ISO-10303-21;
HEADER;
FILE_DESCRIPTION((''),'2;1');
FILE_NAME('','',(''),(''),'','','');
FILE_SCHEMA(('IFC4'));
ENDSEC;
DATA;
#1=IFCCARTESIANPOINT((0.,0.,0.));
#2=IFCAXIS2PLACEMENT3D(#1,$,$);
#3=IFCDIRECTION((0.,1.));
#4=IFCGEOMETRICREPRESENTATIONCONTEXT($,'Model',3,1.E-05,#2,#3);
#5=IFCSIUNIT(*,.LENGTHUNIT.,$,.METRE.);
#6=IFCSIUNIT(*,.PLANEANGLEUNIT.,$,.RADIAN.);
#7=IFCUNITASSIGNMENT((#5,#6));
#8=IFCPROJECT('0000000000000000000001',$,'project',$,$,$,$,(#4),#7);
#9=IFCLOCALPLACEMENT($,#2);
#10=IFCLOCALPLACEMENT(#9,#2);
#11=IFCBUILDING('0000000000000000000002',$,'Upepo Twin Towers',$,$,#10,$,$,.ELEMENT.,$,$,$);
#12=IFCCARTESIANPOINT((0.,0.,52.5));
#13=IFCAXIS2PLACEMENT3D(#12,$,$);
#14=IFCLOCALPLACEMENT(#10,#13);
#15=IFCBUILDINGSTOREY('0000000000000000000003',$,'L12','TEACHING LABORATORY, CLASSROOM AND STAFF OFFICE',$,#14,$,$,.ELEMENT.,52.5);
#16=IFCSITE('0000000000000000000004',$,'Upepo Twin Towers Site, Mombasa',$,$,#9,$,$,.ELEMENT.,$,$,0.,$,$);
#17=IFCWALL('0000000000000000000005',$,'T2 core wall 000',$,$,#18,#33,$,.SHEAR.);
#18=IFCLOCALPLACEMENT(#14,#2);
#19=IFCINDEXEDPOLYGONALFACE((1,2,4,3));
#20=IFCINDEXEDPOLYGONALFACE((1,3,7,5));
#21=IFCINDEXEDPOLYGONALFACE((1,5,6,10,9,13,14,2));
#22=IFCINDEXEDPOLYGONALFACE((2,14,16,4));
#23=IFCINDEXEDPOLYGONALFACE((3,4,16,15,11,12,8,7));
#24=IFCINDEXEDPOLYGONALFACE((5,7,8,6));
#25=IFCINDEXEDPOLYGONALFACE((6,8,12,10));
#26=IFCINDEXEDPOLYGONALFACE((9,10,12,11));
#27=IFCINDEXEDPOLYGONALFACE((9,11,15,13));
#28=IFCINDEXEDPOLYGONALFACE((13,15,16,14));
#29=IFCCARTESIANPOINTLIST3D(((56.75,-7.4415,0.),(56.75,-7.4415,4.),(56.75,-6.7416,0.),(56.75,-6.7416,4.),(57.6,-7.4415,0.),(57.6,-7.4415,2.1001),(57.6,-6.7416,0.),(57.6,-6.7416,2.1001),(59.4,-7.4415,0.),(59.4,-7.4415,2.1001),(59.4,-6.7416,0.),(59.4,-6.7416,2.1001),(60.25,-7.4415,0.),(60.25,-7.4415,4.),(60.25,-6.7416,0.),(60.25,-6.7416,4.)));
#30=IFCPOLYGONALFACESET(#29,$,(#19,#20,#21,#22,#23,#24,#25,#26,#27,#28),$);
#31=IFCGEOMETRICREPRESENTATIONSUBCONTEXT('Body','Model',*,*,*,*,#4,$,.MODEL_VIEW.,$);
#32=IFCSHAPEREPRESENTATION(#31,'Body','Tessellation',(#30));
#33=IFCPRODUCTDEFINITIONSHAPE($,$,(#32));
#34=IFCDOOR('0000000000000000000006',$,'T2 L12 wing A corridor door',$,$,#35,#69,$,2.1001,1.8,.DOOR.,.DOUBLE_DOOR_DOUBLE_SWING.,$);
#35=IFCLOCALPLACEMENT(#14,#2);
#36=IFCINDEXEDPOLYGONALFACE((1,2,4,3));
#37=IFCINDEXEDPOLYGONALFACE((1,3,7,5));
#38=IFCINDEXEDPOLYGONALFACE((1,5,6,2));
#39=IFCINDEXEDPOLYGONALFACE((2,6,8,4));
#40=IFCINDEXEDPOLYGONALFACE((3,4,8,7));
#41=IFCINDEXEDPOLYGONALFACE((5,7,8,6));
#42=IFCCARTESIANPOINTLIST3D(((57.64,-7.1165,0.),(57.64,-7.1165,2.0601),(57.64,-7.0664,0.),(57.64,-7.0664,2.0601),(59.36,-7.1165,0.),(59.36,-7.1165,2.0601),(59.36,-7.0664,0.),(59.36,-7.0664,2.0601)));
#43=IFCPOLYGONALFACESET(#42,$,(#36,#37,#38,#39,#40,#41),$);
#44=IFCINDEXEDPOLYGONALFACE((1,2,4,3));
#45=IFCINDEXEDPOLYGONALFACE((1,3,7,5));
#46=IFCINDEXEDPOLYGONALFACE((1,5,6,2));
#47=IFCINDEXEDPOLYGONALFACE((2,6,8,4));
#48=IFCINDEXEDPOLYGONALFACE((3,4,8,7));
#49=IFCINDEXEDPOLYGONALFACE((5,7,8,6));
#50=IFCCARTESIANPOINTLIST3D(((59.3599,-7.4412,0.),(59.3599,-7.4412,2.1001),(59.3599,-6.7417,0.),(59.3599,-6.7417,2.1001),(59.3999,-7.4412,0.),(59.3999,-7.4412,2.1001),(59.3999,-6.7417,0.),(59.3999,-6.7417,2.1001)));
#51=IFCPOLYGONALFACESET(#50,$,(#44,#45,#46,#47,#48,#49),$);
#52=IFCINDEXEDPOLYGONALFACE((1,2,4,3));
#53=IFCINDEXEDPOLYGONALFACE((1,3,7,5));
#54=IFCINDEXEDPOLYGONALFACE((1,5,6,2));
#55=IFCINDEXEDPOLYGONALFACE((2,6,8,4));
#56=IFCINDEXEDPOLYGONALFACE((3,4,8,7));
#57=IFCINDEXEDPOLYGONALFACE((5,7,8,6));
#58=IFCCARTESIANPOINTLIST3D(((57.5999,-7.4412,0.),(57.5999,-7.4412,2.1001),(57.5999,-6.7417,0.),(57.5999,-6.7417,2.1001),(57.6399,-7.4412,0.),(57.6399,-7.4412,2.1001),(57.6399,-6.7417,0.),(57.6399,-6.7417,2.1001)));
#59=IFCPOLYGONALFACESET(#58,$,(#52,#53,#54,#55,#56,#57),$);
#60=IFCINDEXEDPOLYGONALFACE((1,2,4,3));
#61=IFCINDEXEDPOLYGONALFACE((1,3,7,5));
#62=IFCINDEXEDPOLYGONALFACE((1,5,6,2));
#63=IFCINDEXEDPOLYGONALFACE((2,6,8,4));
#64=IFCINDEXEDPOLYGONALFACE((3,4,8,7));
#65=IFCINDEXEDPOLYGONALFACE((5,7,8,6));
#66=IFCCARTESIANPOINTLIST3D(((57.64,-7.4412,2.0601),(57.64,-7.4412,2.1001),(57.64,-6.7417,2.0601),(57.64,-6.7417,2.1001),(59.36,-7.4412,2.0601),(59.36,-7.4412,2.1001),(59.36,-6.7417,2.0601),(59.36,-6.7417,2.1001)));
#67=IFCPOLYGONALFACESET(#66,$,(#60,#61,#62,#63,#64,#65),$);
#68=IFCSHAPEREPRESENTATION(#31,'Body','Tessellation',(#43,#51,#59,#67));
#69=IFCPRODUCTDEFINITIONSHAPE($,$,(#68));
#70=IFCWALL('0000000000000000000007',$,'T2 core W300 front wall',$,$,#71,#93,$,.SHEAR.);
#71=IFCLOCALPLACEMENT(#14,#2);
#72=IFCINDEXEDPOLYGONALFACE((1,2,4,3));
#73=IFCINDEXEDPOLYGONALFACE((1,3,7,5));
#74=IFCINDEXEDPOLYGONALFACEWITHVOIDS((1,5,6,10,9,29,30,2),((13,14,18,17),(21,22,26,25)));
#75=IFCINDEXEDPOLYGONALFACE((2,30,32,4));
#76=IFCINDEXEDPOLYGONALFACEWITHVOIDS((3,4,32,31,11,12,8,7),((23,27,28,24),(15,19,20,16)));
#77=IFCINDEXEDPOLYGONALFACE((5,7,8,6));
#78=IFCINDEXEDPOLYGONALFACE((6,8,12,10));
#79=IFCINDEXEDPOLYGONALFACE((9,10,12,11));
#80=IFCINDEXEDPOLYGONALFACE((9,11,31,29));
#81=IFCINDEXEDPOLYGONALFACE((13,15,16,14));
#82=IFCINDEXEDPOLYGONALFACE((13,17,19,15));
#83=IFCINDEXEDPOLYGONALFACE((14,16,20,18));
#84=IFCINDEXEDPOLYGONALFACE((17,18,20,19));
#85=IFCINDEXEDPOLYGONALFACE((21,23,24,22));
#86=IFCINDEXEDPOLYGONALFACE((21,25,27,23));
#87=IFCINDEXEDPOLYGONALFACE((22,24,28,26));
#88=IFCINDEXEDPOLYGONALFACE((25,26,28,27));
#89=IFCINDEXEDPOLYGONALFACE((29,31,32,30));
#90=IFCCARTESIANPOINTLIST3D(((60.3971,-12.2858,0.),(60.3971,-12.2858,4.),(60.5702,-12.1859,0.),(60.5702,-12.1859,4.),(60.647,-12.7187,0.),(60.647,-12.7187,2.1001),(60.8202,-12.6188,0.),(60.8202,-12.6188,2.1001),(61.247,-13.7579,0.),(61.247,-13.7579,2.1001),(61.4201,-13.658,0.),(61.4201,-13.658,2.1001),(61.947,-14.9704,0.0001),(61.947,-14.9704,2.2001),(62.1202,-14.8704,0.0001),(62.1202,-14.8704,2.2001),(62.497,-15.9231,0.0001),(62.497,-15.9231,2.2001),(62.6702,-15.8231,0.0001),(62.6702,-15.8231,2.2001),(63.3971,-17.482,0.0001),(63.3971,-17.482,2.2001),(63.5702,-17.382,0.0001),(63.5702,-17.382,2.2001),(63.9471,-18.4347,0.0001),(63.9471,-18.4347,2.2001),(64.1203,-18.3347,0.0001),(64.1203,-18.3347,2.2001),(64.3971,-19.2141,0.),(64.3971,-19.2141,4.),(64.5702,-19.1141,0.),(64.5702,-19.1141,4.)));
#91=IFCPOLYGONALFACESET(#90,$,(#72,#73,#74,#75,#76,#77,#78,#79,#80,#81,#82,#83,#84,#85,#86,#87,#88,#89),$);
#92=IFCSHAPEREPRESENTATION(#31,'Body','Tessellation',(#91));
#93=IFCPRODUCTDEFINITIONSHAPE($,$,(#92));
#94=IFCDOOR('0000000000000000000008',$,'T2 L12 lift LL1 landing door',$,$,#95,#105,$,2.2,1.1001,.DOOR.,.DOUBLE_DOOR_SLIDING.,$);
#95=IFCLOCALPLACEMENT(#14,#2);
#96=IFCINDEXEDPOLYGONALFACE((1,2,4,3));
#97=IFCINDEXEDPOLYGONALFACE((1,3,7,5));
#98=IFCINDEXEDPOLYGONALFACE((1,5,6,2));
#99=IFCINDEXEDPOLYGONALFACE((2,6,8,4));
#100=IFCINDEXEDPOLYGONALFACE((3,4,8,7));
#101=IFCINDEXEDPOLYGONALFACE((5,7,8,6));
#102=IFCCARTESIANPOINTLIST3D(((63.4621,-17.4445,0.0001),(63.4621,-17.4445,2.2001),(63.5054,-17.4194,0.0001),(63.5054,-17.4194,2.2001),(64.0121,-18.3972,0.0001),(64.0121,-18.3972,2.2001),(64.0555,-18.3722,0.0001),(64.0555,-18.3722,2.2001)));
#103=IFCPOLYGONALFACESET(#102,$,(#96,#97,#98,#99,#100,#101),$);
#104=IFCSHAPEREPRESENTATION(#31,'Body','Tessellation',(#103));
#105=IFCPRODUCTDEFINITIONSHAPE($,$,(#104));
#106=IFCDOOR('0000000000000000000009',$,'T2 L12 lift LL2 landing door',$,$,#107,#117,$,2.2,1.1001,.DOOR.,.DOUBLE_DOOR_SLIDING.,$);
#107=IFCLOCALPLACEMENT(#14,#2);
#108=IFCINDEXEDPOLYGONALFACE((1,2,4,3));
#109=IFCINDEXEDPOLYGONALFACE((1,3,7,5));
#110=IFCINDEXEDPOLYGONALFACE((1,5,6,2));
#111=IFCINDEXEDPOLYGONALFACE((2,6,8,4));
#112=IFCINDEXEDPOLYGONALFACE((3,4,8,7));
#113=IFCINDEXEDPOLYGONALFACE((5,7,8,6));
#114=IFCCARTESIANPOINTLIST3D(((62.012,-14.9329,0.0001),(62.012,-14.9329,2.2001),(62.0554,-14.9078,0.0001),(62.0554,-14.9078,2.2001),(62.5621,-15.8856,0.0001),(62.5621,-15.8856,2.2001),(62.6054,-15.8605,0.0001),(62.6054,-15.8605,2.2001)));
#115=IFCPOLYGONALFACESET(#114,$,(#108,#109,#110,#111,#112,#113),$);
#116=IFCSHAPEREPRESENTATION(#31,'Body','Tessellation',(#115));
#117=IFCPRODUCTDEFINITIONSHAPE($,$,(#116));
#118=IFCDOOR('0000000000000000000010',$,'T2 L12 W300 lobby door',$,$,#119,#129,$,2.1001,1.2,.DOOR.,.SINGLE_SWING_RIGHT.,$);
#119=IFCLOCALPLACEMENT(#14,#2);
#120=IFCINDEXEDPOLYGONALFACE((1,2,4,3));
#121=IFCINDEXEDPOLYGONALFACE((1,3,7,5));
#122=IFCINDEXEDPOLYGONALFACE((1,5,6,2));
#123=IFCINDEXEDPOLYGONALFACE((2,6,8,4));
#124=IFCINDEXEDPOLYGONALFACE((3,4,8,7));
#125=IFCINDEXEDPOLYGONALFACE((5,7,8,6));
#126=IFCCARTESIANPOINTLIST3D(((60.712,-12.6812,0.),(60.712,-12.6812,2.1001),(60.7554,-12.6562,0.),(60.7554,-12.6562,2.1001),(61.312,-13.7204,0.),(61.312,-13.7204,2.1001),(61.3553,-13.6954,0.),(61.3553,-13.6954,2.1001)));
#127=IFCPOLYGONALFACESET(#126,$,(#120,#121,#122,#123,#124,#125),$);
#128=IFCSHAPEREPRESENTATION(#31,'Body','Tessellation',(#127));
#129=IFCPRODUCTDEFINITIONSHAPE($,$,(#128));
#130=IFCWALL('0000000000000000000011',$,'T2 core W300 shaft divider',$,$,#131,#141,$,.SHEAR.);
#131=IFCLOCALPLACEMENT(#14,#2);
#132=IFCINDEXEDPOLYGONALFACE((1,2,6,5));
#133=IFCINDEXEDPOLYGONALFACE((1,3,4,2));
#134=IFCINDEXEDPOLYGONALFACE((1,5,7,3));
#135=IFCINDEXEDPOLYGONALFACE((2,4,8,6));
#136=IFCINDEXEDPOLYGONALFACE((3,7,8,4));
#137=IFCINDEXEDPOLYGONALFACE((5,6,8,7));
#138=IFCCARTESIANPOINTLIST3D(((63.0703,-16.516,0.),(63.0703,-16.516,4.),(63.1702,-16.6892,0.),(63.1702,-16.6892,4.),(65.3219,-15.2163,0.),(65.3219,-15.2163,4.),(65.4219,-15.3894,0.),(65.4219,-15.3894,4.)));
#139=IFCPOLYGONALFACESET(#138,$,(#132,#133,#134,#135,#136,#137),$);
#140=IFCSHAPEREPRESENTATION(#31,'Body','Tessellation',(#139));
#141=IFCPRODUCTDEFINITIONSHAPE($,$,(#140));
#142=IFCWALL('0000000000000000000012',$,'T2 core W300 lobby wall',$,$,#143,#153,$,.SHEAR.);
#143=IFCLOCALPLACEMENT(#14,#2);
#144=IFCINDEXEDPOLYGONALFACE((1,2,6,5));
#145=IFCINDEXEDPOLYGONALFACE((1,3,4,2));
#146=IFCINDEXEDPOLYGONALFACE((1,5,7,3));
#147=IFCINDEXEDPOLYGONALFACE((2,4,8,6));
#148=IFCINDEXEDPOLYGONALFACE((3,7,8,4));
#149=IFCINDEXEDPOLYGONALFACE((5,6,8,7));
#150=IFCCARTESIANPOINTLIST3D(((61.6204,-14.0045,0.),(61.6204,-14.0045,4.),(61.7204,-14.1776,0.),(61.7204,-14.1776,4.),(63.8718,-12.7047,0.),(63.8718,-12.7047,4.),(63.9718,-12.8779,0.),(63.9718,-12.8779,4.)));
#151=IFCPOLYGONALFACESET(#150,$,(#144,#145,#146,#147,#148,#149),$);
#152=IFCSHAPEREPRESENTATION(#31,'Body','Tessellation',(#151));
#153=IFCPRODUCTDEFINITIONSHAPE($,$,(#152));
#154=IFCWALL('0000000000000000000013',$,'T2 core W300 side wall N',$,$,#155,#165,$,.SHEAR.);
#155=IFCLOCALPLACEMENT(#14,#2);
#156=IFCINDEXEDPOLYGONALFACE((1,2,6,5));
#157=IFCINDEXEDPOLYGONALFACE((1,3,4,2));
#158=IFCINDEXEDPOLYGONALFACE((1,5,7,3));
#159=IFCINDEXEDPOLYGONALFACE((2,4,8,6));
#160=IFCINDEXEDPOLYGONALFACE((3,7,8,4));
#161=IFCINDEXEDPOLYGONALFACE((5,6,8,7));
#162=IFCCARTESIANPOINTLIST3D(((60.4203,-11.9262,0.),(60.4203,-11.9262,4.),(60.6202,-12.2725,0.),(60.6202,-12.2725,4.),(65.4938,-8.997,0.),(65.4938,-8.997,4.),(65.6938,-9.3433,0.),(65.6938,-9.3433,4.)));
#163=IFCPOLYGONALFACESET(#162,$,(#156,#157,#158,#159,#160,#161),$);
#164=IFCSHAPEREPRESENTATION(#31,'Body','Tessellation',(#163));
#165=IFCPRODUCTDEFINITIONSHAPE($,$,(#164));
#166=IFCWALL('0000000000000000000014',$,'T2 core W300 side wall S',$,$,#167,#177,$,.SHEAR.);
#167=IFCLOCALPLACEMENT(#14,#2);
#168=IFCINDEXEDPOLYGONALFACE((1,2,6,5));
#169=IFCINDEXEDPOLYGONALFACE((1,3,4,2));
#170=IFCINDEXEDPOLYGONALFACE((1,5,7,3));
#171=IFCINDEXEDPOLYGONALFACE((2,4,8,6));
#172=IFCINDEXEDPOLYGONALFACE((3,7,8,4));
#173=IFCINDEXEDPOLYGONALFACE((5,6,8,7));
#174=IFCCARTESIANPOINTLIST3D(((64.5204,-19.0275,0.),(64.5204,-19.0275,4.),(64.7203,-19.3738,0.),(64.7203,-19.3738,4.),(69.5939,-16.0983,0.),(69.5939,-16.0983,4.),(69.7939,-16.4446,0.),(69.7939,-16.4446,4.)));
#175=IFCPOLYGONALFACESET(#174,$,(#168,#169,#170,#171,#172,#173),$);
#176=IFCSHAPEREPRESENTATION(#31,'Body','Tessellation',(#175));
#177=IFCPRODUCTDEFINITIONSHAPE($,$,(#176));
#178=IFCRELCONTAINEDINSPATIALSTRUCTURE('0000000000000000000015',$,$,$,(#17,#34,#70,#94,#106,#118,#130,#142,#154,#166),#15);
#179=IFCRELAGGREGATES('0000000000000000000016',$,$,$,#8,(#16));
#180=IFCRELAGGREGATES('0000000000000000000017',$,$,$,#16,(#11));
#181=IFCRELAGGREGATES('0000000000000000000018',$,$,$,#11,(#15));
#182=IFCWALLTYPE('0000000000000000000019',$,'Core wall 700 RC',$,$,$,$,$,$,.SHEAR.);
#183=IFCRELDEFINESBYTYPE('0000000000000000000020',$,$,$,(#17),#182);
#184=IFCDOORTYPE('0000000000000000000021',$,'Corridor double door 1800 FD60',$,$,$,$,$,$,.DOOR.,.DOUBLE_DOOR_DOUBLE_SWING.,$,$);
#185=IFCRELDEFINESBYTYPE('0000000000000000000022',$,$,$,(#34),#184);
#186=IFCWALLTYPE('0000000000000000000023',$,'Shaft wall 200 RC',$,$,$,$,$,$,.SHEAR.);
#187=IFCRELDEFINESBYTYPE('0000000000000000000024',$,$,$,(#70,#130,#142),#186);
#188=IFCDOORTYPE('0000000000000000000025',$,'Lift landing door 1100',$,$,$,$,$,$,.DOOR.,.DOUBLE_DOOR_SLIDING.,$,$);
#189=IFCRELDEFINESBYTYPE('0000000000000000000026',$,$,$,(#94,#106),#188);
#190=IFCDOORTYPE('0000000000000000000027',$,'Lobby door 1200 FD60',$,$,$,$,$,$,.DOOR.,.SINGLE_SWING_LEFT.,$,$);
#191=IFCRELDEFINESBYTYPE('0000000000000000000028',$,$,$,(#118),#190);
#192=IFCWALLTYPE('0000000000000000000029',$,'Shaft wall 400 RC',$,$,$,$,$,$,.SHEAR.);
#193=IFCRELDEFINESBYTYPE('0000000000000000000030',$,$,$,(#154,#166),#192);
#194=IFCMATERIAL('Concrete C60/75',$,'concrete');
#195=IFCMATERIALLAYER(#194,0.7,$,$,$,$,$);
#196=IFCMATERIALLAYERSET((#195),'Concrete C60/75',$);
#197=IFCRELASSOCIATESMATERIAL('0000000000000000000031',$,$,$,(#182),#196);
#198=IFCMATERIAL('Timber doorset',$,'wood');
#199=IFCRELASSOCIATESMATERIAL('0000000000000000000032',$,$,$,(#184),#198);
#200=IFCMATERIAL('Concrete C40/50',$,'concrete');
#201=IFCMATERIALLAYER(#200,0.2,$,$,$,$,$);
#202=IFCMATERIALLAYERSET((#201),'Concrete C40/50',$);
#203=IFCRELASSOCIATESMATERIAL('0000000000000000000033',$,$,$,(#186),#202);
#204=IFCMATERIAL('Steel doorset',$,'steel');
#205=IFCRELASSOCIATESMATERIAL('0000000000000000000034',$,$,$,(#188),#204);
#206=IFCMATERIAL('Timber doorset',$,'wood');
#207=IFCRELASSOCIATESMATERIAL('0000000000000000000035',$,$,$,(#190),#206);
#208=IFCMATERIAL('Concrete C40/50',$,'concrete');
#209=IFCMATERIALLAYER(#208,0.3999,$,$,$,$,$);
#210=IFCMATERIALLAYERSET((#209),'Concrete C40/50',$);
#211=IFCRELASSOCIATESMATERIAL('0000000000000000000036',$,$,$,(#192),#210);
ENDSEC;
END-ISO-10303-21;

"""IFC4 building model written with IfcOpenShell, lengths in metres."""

from ifc_helpers import new_model, si_unit, direction, frame, frame_2d, origin, place, context, subcontext, project, spatial, rectangle, extrude, material, layer, layer_set, type_object, element, fill, save


model = new_model("IFC4")

# Units and contexts
model_context = context("Model", 3, precision=1e-05, world=origin(), true_north=direction((0.0, 1.0)))
body_context = subcontext(model_context, "Body", "Model", "MODEL_VIEW")
ifc_project = project(units=[si_unit("LENGTHUNIT", "METRE"), si_unit("PLANEANGLEUNIT", "RADIAN")], contexts=[model_context])

# Site, building, storey
site_placement = place(None, origin())
site = spatial("IfcSite", under=ifc_project, at=site_placement, Name="Upepo Twin Towers Site, Mombasa", CompositionType="ELEMENT", RefElevation=0.0)
building_placement = place(site_placement, origin())
building = spatial("IfcBuilding", under=site, at=building_placement, Name="Upepo Twin Towers", CompositionType="ELEMENT")
storey_placement = place(building_placement, frame((0.0, 0.0, 52.5)))
storey = spatial("IfcBuildingStorey", under=building, at=storey_placement, Name="L12", Description="TEACHING LABORATORY, CLASSROOM AND STAFF OFFICE", CompositionType="ELEMENT", Elevation=52.5)

# Shared definitions
ifc_material_1 = material(Name="Concrete C60/75", Category="concrete")
ifc_layer_1 = layer(ifc_material_1, 0.7)
ifc_layer_set_1 = layer_set([ifc_layer_1], Name="Concrete C60/75")
wall_type_1 = type_object("IfcWallType", Name="Core wall 700 RC", PredefinedType="SHEAR", material=ifc_layer_set_1)

# Wall, opening, door
wall_1_placement = place(storey_placement, frame((60.25, -7.0916, 0.0), z_axis=(0.0, 0.0, 1.0), x_axis=(-1.0, 0.0, 0.0)))
wall_1 = element("IfcWall", 1, at=wall_1_placement, inside=storey, type_object=wall_type_1, Name="T2 core wall 000", PredefinedType="SHEAR", context=body_context, shape_type="SweptSolid", body=[
    extrude(rectangle(XDim=3.5, YDim=0.7, at=frame_2d((1.75, 0.0))), origin(), (0.0, 0.0, 1.0), 4.0),
])
opening_1_placement = place(wall_1_placement, frame((0.8501, 0.0, 0.0)))
opening_1 = element("IfcOpeningElement", 2, at=opening_1_placement, cuts=wall_1, PredefinedType="OPENING", context=body_context, shape_type="SweptSolid", body=[
    extrude(rectangle(XDim=1.8, YDim=2.1001, at=frame_2d((0.8999, 1.05))), frame((0.0, 0.3599, 0.0), z_axis=(0.0, -1.0, 0.0), x_axis=(1.0, 0.0, 0.0)), (0.0, 0.0, 1.0), 0.72),
])
ifc_material_2 = material(Name="Timber doorset", Category="wood")
door_type_1 = type_object("IfcDoorType", Name="Corridor double door 1800 FD60", OperationType="DOUBLE_DOOR_DOUBLE_SWING", PredefinedType="DOOR", material=ifc_material_2)
door_1_placement = place(opening_1_placement, origin())
door_1 = element("IfcDoor", 3, at=door_1_placement, inside=storey, type_object=door_type_1, Name="T2 L12 wing A corridor door", OperationType="DOUBLE_DOOR_DOUBLE_SWING", OverallHeight=2.1001, OverallWidth=1.8, PredefinedType="DOOR", context=body_context, shape_type="SweptSolid", body=[
    extrude(rectangle(XDim=1.72, YDim=2.0601, at=frame_2d((0.8999, 1.03))), frame((0.0, 0.0249, 0.0), z_axis=(0.0, -1.0, 0.0), x_axis=(1.0, 0.0, 0.0)), (0.0, 0.0, 1.0), 0.05),
    extrude(rectangle(XDim=0.04, YDim=2.1001, at=frame_2d((0.02, 1.05))), frame((0.0, 0.3496, 0.0), z_axis=(0.0, -1.0, 0.0), x_axis=(1.0, 0.0, 0.0)), (0.0, 0.0, 1.0), 0.6995),
    extrude(rectangle(XDim=0.04, YDim=2.1001, at=frame_2d((1.78, 1.05))), frame((0.0, 0.3496, 0.0), z_axis=(0.0, -1.0, 0.0), x_axis=(1.0, 0.0, 0.0)), (0.0, 0.0, 1.0), 0.6995),
    extrude(rectangle(XDim=1.72, YDim=0.04, at=frame_2d((0.8999, 2.0801))), frame((0.0, 0.3496, 0.0), z_axis=(0.0, -1.0, 0.0), x_axis=(1.0, 0.0, 0.0)), (0.0, 0.0, 1.0), 0.6995),
])
fill(opening_1, door_1)

# Wall, openings, doors
ifc_material_3 = material(Name="Concrete C40/50", Category="concrete")
ifc_layer_2 = layer(ifc_material_3, 0.2)
ifc_layer_set_2 = layer_set([ifc_layer_2], Name="Concrete C40/50")
wall_type_2 = type_object("IfcWallType", Name="Shaft wall 200 RC", PredefinedType="SHEAR", material=ifc_layer_set_2)
wall_2_placement = place(storey_placement, frame((64.4836, -19.1641, 0.0), z_axis=(0.0, 0.0, 1.0), x_axis=(-0.499999, 0.866026, 0.0)))
wall_2 = element("IfcWall", 4, at=wall_2_placement, inside=storey, type_object=wall_type_2, Name="T2 core W300 front wall", PredefinedType="SHEAR", context=body_context, shape_type="SweptSolid", body=[
    extrude(rectangle(XDim=8.0, YDim=0.2, at=frame_2d((4.0, 0.0))), origin(), (0.0, 0.0, 1.0), 4.0),
])
opening_2_placement = place(wall_2_placement, frame((6.3, 0.0, 0.0)))
opening_2 = element("IfcOpeningElement", 5, at=opening_2_placement, cuts=wall_2, PredefinedType="OPENING", context=body_context, shape_type="SweptSolid", body=[
    extrude(rectangle(XDim=1.2, YDim=2.1001, at=frame_2d((0.6001, 1.05))), frame((0.0, 0.1099, 0.0), z_axis=(0.0, -1.0, 0.0), x_axis=(1.0, 0.0, 0.0)), (0.0, 0.0, 1.0), 0.22),
])
opening_3_placement = place(wall_2_placement, frame((0.8999, 0.0, 0.0)))
opening_3 = element("IfcOpeningElement", 6, at=opening_3_placement, cuts=wall_2, PredefinedType="OPENING", context=body_context, shape_type="SweptSolid", body=[
    extrude(rectangle(XDim=1.1001, YDim=2.2, at=frame_2d((0.55, 1.1001))), frame((0.0, 0.1099, 0.0), z_axis=(0.0, -1.0, 0.0), x_axis=(1.0, 0.0, 0.0)), (0.0, 0.0, 1.0), 0.22),
])
opening_4_placement = place(wall_2_placement, frame((3.8, 0.0, 0.0)))
opening_4 = element("IfcOpeningElement", 7, at=opening_4_placement, cuts=wall_2, PredefinedType="OPENING", context=body_context, shape_type="SweptSolid", body=[
    extrude(rectangle(XDim=1.1001, YDim=2.2, at=frame_2d((0.55, 1.1001))), frame((0.0, 0.1099, 0.0), z_axis=(0.0, -1.0, 0.0), x_axis=(1.0, 0.0, 0.0)), (0.0, 0.0, 1.0), 0.22),
])
ifc_material_4 = material(Name="Steel doorset", Category="steel")
door_type_2 = type_object("IfcDoorType", Name="Lift landing door 1100", OperationType="DOUBLE_DOOR_SLIDING", PredefinedType="DOOR", material=ifc_material_4)
door_2_placement = place(opening_3_placement, origin())
door_2 = element("IfcDoor", 8, at=door_2_placement, inside=storey, type_object=door_type_2, Name="T2 L12 lift LL1 landing door", OperationType="DOUBLE_DOOR_SLIDING", OverallHeight=2.2, OverallWidth=1.1001, PredefinedType="DOOR", context=body_context, shape_type="SweptSolid", body=[
    extrude(rectangle(XDim=1.1001, YDim=2.2, at=frame_2d((0.55, 1.1001))), frame((0.0, 0.0249, 0.0), z_axis=(0.0, -1.0, 0.0), x_axis=(1.0, 0.0, 0.0)), (0.0, 0.0, 1.0), 0.05),
])
fill(opening_3, door_2)
door_3_placement = place(opening_4_placement, origin())
door_3 = element("IfcDoor", 9, at=door_3_placement, inside=storey, type_object=door_type_2, Name="T2 L12 lift LL2 landing door", OperationType="DOUBLE_DOOR_SLIDING", OverallHeight=2.2, OverallWidth=1.1001, PredefinedType="DOOR", context=body_context, shape_type="SweptSolid", body=[
    extrude(rectangle(XDim=1.1001, YDim=2.2, at=frame_2d((0.55, 1.1001))), frame((0.0, 0.0249, 0.0), z_axis=(0.0, -1.0, 0.0), x_axis=(1.0, 0.0, 0.0)), (0.0, 0.0, 1.0), 0.05),
])
fill(opening_4, door_3)
ifc_material_5 = material(Name="Timber doorset", Category="wood")
door_type_3 = type_object("IfcDoorType", Name="Lobby door 1200 FD60", OperationType="SINGLE_SWING_LEFT", PredefinedType="DOOR", material=ifc_material_5)
door_4_placement = place(opening_2_placement, origin())
door_4 = element("IfcDoor", 10, at=door_4_placement, inside=storey, type_object=door_type_3, Name="T2 L12 W300 lobby door", OperationType="SINGLE_SWING_RIGHT", OverallHeight=2.1001, OverallWidth=1.2, PredefinedType="DOOR", context=body_context, shape_type="SweptSolid", body=[
    extrude(rectangle(XDim=1.2, YDim=2.1001, at=frame_2d((0.6001, 1.05))), frame((0.0, 0.0249, 0.0), z_axis=(0.0, -1.0, 0.0), x_axis=(1.0, 0.0, 0.0)), (0.0, 0.0, 1.0), 0.05),
])
fill(opening_2, door_4)

# Walls
wall_3_placement = place(storey_placement, frame((63.1204, -16.6025, 0.0), z_axis=(0.0, 0.0, 1.0), x_axis=(0.866062, 0.499937, 0.0)))
element("IfcWall", 11, at=wall_3_placement, inside=storey, type_object=wall_type_2, Name="T2 core W300 shaft divider", PredefinedType="SHEAR", context=body_context, shape_type="SweptSolid", body=[
    extrude(rectangle(XDim=2.5999, YDim=0.2, at=frame_2d((1.2998, 0.0))), origin(), (0.0, 0.0, 1.0), 4.0),
])
wall_4_placement = place(storey_placement, frame((61.6704, -14.0911, 0.0), z_axis=(0.0, 0.0, 1.0), x_axis=(0.866039, 0.499977, 0.0)))
element("IfcWall", 12, at=wall_4_placement, inside=storey, type_object=wall_type_2, Name="T2 core W300 lobby wall", PredefinedType="SHEAR", context=body_context, shape_type="SweptSolid", body=[
    extrude(rectangle(XDim=2.5996, YDim=0.2, at=frame_2d((1.2998, 0.0))), origin(), (0.0, 0.0, 1.0), 4.0),
])
ifc_material_6 = material(Name="Concrete C40/50", Category="concrete")
ifc_layer_3 = layer(ifc_material_6, 0.3999)
ifc_layer_set_3 = layer_set([ifc_layer_3], Name="Concrete C40/50")
wall_type_3 = type_object("IfcWallType", Name="Shaft wall 400 RC", PredefinedType="SHEAR", material=ifc_layer_set_3)
for number, where, z_axis, x_axis, name in (
    (13, (60.5203, -12.0994, 0.0), (0.0, 0.0, 1.0), (0.866024, 0.500003, 0.0), "T2 core W300 side wall N"),
    (14, (64.6204, -19.2007, 0.0), (0.0, 0.0, 1.0), (0.866024, 0.500003, 0.0), "T2 core W300 side wall S"),
):
    element("IfcWall", number, at=place(storey_placement, frame(where, z_axis=z_axis, x_axis=x_axis)), inside=storey, type_object=wall_type_3, Name=name, PredefinedType="SHEAR", context=body_context, shape_type="SweptSolid", body=[
        extrude(rectangle(XDim=5.8584, YDim=0.3999, at=frame_2d((2.9292, 0.0))), origin(), (0.0, 0.0, 1.0), 4.0),
    ])

save(model, "model.ifc")
